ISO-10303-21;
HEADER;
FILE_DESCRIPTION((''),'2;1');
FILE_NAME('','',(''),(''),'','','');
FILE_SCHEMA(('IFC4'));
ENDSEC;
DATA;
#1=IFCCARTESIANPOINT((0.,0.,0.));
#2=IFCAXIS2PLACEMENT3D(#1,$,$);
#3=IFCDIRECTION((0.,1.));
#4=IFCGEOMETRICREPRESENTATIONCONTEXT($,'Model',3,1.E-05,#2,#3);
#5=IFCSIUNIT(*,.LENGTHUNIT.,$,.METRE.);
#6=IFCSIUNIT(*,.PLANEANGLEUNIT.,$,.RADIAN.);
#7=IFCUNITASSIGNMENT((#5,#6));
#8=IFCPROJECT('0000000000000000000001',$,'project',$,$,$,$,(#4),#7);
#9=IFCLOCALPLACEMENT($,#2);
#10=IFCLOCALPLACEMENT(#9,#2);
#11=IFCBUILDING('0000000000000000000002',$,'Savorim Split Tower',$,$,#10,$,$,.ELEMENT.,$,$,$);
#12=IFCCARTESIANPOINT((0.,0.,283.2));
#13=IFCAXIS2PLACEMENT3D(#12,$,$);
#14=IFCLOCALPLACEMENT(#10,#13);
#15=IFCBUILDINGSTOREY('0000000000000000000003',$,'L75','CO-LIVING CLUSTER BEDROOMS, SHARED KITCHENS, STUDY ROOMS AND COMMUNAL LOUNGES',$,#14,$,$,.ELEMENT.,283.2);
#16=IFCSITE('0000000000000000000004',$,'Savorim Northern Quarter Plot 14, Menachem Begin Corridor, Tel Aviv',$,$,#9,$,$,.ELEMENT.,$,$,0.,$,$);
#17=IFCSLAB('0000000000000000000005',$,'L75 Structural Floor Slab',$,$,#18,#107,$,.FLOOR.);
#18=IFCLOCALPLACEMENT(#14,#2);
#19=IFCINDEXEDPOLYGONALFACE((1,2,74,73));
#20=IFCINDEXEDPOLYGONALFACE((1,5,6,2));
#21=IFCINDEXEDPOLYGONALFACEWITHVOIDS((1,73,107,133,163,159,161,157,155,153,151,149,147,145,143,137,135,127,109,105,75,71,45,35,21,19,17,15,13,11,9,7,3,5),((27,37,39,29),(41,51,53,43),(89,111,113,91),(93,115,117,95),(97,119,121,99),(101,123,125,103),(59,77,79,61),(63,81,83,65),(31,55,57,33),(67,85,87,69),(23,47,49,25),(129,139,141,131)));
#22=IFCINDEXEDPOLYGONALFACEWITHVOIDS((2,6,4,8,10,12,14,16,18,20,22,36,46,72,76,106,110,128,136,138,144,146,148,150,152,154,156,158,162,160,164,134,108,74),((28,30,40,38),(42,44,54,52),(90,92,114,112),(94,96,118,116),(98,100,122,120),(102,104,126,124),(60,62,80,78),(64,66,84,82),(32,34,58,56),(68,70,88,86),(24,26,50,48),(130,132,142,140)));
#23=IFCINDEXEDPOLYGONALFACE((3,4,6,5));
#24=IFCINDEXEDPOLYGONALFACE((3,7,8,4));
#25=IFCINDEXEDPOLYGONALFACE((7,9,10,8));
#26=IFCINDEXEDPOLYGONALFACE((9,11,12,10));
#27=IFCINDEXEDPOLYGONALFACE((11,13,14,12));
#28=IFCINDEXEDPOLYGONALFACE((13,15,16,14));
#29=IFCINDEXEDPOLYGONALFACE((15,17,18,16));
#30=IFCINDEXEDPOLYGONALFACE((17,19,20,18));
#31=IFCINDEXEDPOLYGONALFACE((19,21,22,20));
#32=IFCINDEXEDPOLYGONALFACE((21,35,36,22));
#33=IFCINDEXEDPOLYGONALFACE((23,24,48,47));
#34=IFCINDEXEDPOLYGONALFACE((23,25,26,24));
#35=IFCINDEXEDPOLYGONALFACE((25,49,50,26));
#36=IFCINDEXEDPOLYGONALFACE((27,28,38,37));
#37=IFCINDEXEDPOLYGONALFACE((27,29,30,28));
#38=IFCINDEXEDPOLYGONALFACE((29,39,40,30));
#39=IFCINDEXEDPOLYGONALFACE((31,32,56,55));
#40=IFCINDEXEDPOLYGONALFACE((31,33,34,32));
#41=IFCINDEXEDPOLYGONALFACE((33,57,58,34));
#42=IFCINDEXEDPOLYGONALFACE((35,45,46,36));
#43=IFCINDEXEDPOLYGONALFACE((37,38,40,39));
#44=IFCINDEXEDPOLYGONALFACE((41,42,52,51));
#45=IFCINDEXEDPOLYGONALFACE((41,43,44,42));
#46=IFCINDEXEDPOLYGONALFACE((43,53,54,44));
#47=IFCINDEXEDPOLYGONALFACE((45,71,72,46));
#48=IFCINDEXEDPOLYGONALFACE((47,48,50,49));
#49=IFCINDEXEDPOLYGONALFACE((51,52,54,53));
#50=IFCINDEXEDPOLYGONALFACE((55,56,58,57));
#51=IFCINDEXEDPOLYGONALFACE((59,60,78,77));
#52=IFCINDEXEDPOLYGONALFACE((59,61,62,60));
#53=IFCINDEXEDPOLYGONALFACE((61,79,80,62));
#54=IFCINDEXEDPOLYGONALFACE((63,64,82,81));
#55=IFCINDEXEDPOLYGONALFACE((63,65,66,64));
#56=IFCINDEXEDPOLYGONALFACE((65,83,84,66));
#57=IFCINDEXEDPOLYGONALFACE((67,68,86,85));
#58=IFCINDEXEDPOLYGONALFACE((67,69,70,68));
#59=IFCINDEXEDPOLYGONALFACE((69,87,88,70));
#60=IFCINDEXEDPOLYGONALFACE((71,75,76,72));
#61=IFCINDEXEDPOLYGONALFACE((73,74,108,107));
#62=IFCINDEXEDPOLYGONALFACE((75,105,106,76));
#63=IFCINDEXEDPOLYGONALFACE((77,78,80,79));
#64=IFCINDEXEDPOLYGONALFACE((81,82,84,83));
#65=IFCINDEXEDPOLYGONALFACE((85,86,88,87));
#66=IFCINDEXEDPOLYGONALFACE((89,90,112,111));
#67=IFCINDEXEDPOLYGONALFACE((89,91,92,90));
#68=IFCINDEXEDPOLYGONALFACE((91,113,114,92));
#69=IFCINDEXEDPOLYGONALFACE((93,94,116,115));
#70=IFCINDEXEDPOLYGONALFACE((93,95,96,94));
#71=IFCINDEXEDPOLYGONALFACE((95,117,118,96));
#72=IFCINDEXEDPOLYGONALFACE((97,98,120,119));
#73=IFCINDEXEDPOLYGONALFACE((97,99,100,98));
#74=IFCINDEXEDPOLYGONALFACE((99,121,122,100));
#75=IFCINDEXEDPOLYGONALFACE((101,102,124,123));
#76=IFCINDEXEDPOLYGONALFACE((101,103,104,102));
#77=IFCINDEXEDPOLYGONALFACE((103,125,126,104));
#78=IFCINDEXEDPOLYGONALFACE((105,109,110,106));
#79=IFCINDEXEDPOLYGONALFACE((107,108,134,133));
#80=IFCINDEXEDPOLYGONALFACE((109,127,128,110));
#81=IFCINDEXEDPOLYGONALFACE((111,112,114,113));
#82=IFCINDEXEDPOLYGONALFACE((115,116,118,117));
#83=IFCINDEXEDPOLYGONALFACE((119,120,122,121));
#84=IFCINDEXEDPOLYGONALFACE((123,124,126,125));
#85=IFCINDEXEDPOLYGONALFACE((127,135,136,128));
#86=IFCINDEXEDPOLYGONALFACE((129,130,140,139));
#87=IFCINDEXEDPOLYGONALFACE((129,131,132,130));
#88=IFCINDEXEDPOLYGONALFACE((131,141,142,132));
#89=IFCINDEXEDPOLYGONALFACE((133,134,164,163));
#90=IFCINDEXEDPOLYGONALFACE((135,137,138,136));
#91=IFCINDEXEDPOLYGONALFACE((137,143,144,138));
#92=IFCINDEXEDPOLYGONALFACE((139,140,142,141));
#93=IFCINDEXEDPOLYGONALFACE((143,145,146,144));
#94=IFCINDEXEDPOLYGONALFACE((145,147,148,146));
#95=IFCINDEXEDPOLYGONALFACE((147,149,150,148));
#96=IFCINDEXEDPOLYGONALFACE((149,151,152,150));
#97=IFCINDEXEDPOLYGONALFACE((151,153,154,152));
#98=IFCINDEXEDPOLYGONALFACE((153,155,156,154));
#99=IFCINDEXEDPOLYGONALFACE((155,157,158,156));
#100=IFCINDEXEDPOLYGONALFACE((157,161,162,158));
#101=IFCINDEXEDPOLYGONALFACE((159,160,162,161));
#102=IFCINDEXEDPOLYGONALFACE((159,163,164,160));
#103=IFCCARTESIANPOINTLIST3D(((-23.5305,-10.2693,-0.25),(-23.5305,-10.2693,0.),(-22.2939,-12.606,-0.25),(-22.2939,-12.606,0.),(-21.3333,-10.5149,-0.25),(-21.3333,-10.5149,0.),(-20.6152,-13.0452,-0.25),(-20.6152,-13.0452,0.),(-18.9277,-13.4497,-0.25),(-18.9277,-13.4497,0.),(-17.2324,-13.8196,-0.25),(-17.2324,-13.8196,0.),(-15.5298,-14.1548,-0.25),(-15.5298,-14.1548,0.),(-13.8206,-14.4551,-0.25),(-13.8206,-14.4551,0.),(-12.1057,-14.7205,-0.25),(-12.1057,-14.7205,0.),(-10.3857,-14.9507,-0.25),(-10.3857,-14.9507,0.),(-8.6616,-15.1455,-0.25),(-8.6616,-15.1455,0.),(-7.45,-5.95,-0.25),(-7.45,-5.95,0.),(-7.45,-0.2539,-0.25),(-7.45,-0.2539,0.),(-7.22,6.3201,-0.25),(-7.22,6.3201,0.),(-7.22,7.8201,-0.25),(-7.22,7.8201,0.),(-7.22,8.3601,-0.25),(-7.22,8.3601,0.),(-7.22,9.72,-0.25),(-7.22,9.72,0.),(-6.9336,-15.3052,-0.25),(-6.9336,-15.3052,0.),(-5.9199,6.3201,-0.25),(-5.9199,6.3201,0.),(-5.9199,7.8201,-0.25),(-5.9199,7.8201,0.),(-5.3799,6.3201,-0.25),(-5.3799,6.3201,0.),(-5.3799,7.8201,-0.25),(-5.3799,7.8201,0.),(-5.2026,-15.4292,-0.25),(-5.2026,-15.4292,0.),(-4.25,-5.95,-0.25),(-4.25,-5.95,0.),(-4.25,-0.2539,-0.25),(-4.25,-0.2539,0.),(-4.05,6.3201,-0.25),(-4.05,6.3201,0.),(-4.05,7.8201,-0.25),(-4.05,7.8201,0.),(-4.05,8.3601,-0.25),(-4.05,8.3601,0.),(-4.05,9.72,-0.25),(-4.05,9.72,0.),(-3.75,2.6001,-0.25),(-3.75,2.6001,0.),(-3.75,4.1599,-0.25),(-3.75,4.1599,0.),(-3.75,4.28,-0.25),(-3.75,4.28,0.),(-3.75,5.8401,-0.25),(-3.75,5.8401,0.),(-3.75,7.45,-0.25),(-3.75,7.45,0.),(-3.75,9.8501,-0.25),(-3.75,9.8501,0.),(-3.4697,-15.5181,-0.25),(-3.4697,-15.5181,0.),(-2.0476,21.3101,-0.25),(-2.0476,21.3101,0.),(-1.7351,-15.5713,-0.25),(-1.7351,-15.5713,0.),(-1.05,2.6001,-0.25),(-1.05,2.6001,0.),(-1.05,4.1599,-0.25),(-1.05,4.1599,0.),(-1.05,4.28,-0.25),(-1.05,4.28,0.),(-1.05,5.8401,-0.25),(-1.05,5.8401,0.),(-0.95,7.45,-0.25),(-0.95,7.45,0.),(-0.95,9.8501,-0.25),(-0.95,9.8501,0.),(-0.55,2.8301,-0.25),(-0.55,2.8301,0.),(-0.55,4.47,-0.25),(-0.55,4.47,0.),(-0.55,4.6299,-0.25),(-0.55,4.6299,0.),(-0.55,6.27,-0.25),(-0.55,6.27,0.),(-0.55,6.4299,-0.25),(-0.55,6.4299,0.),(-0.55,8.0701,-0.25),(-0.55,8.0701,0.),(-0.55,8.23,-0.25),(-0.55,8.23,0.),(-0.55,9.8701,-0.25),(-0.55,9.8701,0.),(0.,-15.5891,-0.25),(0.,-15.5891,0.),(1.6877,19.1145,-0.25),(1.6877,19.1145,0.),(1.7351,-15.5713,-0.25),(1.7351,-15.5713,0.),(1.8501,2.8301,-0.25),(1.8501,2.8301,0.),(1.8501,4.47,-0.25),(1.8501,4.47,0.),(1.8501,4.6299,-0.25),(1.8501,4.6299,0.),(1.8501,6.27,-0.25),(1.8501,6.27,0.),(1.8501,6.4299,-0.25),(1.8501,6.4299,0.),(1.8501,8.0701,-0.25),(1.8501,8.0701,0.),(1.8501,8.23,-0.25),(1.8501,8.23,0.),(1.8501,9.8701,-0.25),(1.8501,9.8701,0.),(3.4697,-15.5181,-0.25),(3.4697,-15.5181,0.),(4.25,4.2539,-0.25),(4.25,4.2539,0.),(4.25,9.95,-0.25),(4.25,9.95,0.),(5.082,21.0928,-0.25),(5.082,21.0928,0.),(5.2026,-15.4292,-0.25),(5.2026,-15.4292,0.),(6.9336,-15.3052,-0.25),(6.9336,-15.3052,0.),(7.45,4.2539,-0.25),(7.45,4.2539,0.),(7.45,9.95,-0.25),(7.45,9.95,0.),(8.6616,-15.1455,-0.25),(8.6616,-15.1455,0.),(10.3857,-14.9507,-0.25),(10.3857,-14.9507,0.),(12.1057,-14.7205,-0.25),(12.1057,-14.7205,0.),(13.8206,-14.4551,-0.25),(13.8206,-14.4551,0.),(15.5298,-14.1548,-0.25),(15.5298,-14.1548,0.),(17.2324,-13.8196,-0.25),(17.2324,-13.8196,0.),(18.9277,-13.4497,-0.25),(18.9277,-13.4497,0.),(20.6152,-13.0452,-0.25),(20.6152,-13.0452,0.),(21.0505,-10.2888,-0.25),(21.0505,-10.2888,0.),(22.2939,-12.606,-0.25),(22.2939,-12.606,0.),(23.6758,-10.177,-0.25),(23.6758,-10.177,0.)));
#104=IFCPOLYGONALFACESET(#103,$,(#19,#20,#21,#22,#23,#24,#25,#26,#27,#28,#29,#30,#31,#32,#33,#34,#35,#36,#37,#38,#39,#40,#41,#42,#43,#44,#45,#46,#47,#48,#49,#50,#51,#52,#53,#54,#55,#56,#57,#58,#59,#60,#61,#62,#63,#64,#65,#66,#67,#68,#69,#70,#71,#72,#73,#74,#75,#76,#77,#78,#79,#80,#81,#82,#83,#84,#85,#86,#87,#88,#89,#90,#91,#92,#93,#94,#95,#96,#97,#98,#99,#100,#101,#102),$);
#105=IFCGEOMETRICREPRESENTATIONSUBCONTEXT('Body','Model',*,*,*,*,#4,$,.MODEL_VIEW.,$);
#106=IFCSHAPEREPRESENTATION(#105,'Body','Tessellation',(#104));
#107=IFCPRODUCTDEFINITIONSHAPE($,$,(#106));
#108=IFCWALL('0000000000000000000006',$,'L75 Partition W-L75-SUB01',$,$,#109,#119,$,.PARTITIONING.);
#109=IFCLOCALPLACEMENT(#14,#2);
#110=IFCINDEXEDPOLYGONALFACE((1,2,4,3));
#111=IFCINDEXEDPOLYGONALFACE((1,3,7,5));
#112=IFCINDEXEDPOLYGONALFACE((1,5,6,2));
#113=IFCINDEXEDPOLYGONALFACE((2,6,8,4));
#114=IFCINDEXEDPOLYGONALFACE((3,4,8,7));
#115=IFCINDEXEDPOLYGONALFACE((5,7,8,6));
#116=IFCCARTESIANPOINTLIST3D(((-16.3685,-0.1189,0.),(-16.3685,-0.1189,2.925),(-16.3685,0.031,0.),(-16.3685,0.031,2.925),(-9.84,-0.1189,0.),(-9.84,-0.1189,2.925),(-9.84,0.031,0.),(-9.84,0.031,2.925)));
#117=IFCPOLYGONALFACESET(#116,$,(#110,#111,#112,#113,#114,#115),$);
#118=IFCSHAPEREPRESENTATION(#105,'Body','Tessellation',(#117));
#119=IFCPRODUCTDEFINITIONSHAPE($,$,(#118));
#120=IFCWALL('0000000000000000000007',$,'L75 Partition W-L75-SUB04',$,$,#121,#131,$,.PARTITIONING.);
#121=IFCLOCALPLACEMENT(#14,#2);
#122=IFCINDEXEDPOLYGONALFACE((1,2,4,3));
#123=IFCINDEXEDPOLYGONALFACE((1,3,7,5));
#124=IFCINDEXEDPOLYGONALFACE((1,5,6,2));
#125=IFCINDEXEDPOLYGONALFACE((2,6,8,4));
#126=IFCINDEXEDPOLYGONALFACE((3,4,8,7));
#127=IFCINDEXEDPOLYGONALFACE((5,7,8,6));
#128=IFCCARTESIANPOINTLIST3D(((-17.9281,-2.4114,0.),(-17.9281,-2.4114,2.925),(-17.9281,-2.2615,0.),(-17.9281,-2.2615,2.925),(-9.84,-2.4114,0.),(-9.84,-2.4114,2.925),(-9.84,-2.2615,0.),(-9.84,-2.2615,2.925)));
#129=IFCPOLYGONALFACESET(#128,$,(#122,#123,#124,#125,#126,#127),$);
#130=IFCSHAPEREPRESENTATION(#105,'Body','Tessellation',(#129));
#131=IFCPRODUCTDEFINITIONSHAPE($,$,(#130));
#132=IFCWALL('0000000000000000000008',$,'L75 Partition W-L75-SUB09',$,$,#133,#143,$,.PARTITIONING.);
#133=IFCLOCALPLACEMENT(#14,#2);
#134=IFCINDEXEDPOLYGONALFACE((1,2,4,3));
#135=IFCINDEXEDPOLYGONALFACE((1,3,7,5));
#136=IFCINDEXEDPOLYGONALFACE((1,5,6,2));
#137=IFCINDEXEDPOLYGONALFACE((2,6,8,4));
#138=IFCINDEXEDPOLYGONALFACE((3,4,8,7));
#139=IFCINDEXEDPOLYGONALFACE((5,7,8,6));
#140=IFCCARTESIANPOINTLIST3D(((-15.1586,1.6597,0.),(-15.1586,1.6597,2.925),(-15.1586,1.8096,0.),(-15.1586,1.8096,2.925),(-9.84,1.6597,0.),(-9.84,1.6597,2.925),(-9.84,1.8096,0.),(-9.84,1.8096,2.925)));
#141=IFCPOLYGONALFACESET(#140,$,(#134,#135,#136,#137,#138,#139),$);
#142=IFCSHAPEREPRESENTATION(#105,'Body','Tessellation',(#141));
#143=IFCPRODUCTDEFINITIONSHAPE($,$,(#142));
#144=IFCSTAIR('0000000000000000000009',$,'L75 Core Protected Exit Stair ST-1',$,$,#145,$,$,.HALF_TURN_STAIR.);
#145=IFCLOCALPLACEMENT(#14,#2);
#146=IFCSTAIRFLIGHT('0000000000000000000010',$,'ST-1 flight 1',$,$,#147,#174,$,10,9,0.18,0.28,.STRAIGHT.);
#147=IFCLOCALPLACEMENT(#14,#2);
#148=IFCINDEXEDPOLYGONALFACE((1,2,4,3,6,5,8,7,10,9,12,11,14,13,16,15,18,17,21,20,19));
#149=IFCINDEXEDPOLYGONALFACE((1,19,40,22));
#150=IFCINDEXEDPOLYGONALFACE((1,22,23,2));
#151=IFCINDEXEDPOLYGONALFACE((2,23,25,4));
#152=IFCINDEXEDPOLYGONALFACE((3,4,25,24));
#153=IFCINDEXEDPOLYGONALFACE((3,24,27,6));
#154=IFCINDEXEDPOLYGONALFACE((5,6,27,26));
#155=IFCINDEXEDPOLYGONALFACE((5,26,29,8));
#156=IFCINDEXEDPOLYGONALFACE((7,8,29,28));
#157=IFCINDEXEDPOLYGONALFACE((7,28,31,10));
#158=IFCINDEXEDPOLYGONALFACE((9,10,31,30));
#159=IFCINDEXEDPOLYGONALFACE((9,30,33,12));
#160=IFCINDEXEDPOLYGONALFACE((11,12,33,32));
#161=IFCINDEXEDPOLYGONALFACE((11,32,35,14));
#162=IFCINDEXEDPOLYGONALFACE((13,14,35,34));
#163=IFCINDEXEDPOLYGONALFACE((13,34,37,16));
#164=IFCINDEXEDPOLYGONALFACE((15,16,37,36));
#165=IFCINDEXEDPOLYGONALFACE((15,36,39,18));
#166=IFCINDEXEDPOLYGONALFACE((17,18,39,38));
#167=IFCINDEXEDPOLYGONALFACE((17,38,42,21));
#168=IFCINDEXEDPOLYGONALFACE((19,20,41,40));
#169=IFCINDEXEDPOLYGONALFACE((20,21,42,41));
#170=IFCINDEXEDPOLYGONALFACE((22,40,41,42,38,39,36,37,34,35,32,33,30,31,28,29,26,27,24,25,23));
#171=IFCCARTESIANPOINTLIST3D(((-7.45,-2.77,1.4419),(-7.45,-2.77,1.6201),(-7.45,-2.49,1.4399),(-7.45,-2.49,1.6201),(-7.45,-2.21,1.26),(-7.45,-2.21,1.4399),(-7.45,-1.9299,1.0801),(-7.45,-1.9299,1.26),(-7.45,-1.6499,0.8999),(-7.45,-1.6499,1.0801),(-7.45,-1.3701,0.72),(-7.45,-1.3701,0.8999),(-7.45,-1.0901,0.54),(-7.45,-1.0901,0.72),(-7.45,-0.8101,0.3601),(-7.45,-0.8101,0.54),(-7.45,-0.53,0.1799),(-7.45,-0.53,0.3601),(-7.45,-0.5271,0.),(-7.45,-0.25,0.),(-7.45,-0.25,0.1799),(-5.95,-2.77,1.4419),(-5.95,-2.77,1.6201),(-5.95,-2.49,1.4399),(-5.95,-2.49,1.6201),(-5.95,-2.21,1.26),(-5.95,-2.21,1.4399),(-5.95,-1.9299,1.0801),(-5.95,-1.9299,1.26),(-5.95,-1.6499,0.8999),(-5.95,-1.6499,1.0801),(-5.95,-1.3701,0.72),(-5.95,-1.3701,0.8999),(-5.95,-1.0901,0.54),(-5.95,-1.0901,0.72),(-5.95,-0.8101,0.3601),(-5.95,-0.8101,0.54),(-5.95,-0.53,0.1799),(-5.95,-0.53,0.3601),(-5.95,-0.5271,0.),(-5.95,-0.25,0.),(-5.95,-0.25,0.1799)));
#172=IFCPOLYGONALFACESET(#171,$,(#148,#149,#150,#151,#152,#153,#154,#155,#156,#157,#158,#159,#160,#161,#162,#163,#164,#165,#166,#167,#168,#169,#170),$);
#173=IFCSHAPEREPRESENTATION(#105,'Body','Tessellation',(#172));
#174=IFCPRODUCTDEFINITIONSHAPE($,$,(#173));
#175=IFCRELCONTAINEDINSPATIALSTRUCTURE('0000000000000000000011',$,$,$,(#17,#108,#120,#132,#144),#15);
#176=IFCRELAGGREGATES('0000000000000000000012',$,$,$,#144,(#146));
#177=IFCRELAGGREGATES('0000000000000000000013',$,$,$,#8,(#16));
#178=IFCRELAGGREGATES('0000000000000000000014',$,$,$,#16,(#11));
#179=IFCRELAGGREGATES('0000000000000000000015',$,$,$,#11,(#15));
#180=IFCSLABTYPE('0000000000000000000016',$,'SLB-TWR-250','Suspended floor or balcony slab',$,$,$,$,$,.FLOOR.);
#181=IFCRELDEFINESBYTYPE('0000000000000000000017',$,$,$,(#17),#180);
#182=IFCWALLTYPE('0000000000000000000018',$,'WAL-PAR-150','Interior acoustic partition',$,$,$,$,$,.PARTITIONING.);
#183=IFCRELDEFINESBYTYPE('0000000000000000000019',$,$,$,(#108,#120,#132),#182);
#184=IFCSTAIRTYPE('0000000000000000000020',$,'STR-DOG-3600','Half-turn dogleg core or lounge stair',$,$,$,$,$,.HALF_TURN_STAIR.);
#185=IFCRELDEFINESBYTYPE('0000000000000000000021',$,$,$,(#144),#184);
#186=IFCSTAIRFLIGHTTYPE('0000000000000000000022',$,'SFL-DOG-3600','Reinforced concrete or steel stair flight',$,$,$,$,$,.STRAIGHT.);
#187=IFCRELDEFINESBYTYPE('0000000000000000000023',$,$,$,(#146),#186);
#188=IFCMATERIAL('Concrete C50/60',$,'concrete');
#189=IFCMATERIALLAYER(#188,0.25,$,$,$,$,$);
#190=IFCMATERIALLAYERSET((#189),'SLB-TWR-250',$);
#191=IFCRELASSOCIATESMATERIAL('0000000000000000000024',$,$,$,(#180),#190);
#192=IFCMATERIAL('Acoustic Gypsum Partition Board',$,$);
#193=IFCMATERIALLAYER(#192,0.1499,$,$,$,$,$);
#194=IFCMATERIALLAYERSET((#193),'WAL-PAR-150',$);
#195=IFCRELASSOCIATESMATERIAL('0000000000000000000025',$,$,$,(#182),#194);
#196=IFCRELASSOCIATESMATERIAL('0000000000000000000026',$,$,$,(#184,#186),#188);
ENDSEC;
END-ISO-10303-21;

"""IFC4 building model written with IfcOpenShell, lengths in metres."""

from ifc_helpers import new_model, si_unit, direction, frame, frame_2d, origin, place, context, subcontext, project, spatial, polyline, rectangle, outline, extrude, material, layer, layer_set, type_object, element, aggregate, save


model = new_model("IFC4")

# Units and contexts
model_context = context("Model", 3, precision=1e-05, world=origin(), true_north=direction((0.0, 1.0)))
body_context = subcontext(model_context, "Body", "Model", "MODEL_VIEW")
ifc_project = project(units=[si_unit("LENGTHUNIT", "METRE"), si_unit("PLANEANGLEUNIT", "RADIAN")], contexts=[model_context])

# Site, building, storey
site_placement = place(None, origin())
site = spatial("IfcSite", under=ifc_project, at=site_placement, Name="Savorim Northern Quarter Plot 14, Menachem Begin Corridor, Tel Aviv", CompositionType="ELEMENT", RefElevation=0.0)
building_placement = place(site_placement, origin())
building = spatial("IfcBuilding", under=site, at=building_placement, Name="Savorim Split Tower", CompositionType="ELEMENT")
storey_placement = place(building_placement, frame((0.0, 0.0, 283.2)))
storey = spatial("IfcBuildingStorey", under=building, at=storey_placement, Name="L75", Description="CO-LIVING CLUSTER BEDROOMS, SHARED KITCHENS, STUDY ROOMS AND COMMUNAL LOUNGES", CompositionType="ELEMENT", Elevation=283.2)

# Slab
ifc_material_1 = material(Name="Concrete C50/60", Category="concrete")
ifc_layer_1 = layer(ifc_material_1, 0.25)
ifc_layer_set_1 = layer_set([ifc_layer_1], Name="SLB-TWR-250")
slab_type_1 = type_object("IfcSlabType", Name="SLB-TWR-250", Description="Suspended floor or balcony slab", PredefinedType="FLOOR", material=ifc_layer_set_1)
slab_1_placement = place(storey_placement, frame((0.0, 0.0, -0.25)))
element("IfcSlab", 1, at=slab_1_placement, inside=storey, type_object=slab_type_1, Name="L75 Structural Floor Slab", PredefinedType="FLOOR", context=body_context, shape_type="SweptSolid", body=[
    extrude(outline(polyline([(-22.2939, -12.606), (-20.6152, -13.0452), (-18.9277, -13.4497), (-17.2324, -13.8196), (-15.5298, -14.1548), (-13.8206, -14.4551), (-12.1057, -14.7205), (-10.3857, -14.9507), (-8.6616, -15.1455), (-6.9336, -15.3052), (-5.2026, -15.4292), (-3.4697, -15.5181), (-1.7351, -15.5713), (0.0, -15.5891), (1.7351, -15.5713), (3.4697, -15.5181), (5.2026, -15.4292), (6.9336, -15.3052), (8.6616, -15.1455), (10.3857, -14.9507), (12.1057, -14.7205), (13.8206, -14.4551), (15.5298, -14.1548), (17.2324, -13.8196), (18.9277, -13.4497), (20.6152, -13.0452), (22.2939, -12.606), (21.0505, -10.2888), (23.6758, -10.177), (5.082, 21.0928), (1.6877, 19.1145), (-2.0476, 21.3101), (-23.5305, -10.2693), (-21.3333, -10.5149), (-22.2939, -12.606)]), holes=[polyline([(-7.45, -0.2539), (-7.45, -5.95), (-4.25, -5.95), (-4.25, -0.2539), (-7.45, -0.2539)]), polyline([(7.45, 4.2539), (7.45, 9.95), (4.25, 9.95), (4.25, 4.2539), (7.45, 4.2539)]), polyline([(-0.55, 2.8301), (1.8501, 2.8301), (1.8501, 4.47), (-0.55, 4.47), (-0.55, 2.8301)]), polyline([(-0.55, 4.6299), (1.8501, 4.6299), (1.8501, 6.27), (-0.55, 6.27), (-0.55, 4.6299)]), polyline([(-0.55, 6.4299), (1.8501, 6.4299), (1.8501, 8.0701), (-0.55, 8.0701), (-0.55, 6.4299)]), polyline([(-0.55, 8.23), (1.8501, 8.23), (1.8501, 9.8701), (-0.55, 9.8701), (-0.55, 8.23)]), polyline([(-3.75, 2.6001), (-1.05, 2.6001), (-1.05, 4.1599), (-3.75, 4.1599), (-3.75, 2.6001)]), polyline([(-3.75, 4.28), (-1.05, 4.28), (-1.05, 5.8401), (-3.75, 5.8401), (-3.75, 4.28)]), polyline([(-3.75, 7.45), (-0.95, 7.45), (-0.95, 9.8501), (-3.75, 9.8501), (-3.75, 7.45)]), polyline([(-7.22, 6.3201), (-5.9199, 6.3201), (-5.9199, 7.8201), (-7.22, 7.8201), (-7.22, 6.3201)]), polyline([(-5.3799, 6.3201), (-4.05, 6.3201), (-4.05, 7.8201), (-5.3799, 7.8201), (-5.3799, 6.3201)]), polyline([(-7.22, 8.3601), (-4.05, 8.3601), (-4.05, 9.72), (-7.22, 9.72), (-7.22, 8.3601)])]), origin(), (0.0, 0.0, 1.0), 0.25),
])

# Walls
ifc_material_2 = material(Name="Acoustic Gypsum Partition Board")
ifc_layer_2 = layer(ifc_material_2, 0.1499)
ifc_layer_set_2 = layer_set([ifc_layer_2], Name="WAL-PAR-150")
wall_type_1 = type_object("IfcWallType", Name="WAL-PAR-150", Description="Interior acoustic partition", PredefinedType="PARTITIONING", material=ifc_layer_set_2)
wall_1_placement = place(storey_placement, frame((-9.8401, -0.0439, 0.0), z_axis=(0.0, 0.0, 1.0), x_axis=(-1.0, 0.0, 0.0)))
element("IfcWall", 2, at=wall_1_placement, inside=storey, type_object=wall_type_1, Name="L75 Partition W-L75-SUB01", PredefinedType="PARTITIONING", context=body_context, shape_type="SweptSolid", body=[
    extrude(rectangle(XDim=6.5286, YDim=0.1499, at=frame_2d((3.2642, 0.0))), origin(), (0.0, 0.0, 1.0), 2.925),
])
wall_2_placement = place(storey_placement, frame((-9.8401, -2.3364, 0.0), z_axis=(0.0, 0.0, 1.0), x_axis=(-1.0, 0.0, 0.0)))
element("IfcWall", 3, at=wall_2_placement, inside=storey, type_object=wall_type_1, Name="L75 Partition W-L75-SUB04", PredefinedType="PARTITIONING", context=body_context, shape_type="SweptSolid", body=[
    extrude(rectangle(XDim=8.0881, YDim=0.1499, at=frame_2d((4.0439, 0.0))), origin(), (0.0, 0.0, 1.0), 2.925),
])
wall_3_placement = place(storey_placement, frame((-9.8401, 1.7346, 0.0), z_axis=(0.0, 0.0, 1.0), x_axis=(-1.0, 0.0, 0.0)))
element("IfcWall", 4, at=wall_3_placement, inside=storey, type_object=wall_type_1, Name="L75 Partition W-L75-SUB09", PredefinedType="PARTITIONING", context=body_context, shape_type="SweptSolid", body=[
    extrude(rectangle(XDim=5.3186, YDim=0.1499, at=frame_2d((2.6592, 0.0))), origin(), (0.0, 0.0, 1.0), 2.925),
])

# Stair, stair flight
stair_type = type_object("IfcStairType", Name="STR-DOG-3600", Description="Half-turn dogleg core or lounge stair", PredefinedType="HALF_TURN_STAIR", material=ifc_material_1)
stair_placement = place(storey_placement, origin())
stair = element("IfcStair", 5, at=stair_placement, inside=storey, type_object=stair_type, Name="L75 Core Protected Exit Stair ST-1", PredefinedType="HALF_TURN_STAIR")
stair_flight_type = type_object("IfcStairFlightType", Name="SFL-DOG-3600", Description="Reinforced concrete or steel stair flight", PredefinedType="STRAIGHT", material=ifc_material_1)
stair_flight_placement = place(storey_placement, frame((-6.7, -0.25, 0.0), z_axis=(0.0, 0.0, 1.0), x_axis=(0.0, -1.0, 0.0)))
stair_flight = element("IfcStairFlight", 6, at=stair_flight_placement, type_object=stair_flight_type, Name="ST-1 flight 1", NumberOfRisers=10, NumberOfTreads=9, PredefinedType="STRAIGHT", RiserHeight=0.18, TreadLength=0.28, context=body_context, shape_type="SweptSolid", body=[
    extrude(outline(polyline([(0.0, 0.0), (0.0, 0.1799), (0.28, 0.1799), (0.28, 0.3601), (0.5601, 0.3601), (0.5601, 0.54), (0.8401, 0.54), (0.8401, 0.72), (1.1201, 0.72), (1.1201, 0.8999), (1.3999, 0.8999), (1.3999, 1.0801), (1.6799, 1.0801), (1.6799, 1.26), (1.96, 1.26), (1.96, 1.4399), (2.24, 1.4399), (2.24, 1.6201), (2.52, 1.6201), (2.52, 1.8), (2.52, 1.4419), (0.2771, 0.0), (0.0, 0.0)])), frame((0.0, 0.75, 0.0), z_axis=(0.0, -1.0, 0.0), x_axis=(1.0, 0.0, 0.0)), (0.0, 0.0, 1.0), 1.5),
])
aggregate(stair, [stair_flight])

save(model, "model.ifc")
